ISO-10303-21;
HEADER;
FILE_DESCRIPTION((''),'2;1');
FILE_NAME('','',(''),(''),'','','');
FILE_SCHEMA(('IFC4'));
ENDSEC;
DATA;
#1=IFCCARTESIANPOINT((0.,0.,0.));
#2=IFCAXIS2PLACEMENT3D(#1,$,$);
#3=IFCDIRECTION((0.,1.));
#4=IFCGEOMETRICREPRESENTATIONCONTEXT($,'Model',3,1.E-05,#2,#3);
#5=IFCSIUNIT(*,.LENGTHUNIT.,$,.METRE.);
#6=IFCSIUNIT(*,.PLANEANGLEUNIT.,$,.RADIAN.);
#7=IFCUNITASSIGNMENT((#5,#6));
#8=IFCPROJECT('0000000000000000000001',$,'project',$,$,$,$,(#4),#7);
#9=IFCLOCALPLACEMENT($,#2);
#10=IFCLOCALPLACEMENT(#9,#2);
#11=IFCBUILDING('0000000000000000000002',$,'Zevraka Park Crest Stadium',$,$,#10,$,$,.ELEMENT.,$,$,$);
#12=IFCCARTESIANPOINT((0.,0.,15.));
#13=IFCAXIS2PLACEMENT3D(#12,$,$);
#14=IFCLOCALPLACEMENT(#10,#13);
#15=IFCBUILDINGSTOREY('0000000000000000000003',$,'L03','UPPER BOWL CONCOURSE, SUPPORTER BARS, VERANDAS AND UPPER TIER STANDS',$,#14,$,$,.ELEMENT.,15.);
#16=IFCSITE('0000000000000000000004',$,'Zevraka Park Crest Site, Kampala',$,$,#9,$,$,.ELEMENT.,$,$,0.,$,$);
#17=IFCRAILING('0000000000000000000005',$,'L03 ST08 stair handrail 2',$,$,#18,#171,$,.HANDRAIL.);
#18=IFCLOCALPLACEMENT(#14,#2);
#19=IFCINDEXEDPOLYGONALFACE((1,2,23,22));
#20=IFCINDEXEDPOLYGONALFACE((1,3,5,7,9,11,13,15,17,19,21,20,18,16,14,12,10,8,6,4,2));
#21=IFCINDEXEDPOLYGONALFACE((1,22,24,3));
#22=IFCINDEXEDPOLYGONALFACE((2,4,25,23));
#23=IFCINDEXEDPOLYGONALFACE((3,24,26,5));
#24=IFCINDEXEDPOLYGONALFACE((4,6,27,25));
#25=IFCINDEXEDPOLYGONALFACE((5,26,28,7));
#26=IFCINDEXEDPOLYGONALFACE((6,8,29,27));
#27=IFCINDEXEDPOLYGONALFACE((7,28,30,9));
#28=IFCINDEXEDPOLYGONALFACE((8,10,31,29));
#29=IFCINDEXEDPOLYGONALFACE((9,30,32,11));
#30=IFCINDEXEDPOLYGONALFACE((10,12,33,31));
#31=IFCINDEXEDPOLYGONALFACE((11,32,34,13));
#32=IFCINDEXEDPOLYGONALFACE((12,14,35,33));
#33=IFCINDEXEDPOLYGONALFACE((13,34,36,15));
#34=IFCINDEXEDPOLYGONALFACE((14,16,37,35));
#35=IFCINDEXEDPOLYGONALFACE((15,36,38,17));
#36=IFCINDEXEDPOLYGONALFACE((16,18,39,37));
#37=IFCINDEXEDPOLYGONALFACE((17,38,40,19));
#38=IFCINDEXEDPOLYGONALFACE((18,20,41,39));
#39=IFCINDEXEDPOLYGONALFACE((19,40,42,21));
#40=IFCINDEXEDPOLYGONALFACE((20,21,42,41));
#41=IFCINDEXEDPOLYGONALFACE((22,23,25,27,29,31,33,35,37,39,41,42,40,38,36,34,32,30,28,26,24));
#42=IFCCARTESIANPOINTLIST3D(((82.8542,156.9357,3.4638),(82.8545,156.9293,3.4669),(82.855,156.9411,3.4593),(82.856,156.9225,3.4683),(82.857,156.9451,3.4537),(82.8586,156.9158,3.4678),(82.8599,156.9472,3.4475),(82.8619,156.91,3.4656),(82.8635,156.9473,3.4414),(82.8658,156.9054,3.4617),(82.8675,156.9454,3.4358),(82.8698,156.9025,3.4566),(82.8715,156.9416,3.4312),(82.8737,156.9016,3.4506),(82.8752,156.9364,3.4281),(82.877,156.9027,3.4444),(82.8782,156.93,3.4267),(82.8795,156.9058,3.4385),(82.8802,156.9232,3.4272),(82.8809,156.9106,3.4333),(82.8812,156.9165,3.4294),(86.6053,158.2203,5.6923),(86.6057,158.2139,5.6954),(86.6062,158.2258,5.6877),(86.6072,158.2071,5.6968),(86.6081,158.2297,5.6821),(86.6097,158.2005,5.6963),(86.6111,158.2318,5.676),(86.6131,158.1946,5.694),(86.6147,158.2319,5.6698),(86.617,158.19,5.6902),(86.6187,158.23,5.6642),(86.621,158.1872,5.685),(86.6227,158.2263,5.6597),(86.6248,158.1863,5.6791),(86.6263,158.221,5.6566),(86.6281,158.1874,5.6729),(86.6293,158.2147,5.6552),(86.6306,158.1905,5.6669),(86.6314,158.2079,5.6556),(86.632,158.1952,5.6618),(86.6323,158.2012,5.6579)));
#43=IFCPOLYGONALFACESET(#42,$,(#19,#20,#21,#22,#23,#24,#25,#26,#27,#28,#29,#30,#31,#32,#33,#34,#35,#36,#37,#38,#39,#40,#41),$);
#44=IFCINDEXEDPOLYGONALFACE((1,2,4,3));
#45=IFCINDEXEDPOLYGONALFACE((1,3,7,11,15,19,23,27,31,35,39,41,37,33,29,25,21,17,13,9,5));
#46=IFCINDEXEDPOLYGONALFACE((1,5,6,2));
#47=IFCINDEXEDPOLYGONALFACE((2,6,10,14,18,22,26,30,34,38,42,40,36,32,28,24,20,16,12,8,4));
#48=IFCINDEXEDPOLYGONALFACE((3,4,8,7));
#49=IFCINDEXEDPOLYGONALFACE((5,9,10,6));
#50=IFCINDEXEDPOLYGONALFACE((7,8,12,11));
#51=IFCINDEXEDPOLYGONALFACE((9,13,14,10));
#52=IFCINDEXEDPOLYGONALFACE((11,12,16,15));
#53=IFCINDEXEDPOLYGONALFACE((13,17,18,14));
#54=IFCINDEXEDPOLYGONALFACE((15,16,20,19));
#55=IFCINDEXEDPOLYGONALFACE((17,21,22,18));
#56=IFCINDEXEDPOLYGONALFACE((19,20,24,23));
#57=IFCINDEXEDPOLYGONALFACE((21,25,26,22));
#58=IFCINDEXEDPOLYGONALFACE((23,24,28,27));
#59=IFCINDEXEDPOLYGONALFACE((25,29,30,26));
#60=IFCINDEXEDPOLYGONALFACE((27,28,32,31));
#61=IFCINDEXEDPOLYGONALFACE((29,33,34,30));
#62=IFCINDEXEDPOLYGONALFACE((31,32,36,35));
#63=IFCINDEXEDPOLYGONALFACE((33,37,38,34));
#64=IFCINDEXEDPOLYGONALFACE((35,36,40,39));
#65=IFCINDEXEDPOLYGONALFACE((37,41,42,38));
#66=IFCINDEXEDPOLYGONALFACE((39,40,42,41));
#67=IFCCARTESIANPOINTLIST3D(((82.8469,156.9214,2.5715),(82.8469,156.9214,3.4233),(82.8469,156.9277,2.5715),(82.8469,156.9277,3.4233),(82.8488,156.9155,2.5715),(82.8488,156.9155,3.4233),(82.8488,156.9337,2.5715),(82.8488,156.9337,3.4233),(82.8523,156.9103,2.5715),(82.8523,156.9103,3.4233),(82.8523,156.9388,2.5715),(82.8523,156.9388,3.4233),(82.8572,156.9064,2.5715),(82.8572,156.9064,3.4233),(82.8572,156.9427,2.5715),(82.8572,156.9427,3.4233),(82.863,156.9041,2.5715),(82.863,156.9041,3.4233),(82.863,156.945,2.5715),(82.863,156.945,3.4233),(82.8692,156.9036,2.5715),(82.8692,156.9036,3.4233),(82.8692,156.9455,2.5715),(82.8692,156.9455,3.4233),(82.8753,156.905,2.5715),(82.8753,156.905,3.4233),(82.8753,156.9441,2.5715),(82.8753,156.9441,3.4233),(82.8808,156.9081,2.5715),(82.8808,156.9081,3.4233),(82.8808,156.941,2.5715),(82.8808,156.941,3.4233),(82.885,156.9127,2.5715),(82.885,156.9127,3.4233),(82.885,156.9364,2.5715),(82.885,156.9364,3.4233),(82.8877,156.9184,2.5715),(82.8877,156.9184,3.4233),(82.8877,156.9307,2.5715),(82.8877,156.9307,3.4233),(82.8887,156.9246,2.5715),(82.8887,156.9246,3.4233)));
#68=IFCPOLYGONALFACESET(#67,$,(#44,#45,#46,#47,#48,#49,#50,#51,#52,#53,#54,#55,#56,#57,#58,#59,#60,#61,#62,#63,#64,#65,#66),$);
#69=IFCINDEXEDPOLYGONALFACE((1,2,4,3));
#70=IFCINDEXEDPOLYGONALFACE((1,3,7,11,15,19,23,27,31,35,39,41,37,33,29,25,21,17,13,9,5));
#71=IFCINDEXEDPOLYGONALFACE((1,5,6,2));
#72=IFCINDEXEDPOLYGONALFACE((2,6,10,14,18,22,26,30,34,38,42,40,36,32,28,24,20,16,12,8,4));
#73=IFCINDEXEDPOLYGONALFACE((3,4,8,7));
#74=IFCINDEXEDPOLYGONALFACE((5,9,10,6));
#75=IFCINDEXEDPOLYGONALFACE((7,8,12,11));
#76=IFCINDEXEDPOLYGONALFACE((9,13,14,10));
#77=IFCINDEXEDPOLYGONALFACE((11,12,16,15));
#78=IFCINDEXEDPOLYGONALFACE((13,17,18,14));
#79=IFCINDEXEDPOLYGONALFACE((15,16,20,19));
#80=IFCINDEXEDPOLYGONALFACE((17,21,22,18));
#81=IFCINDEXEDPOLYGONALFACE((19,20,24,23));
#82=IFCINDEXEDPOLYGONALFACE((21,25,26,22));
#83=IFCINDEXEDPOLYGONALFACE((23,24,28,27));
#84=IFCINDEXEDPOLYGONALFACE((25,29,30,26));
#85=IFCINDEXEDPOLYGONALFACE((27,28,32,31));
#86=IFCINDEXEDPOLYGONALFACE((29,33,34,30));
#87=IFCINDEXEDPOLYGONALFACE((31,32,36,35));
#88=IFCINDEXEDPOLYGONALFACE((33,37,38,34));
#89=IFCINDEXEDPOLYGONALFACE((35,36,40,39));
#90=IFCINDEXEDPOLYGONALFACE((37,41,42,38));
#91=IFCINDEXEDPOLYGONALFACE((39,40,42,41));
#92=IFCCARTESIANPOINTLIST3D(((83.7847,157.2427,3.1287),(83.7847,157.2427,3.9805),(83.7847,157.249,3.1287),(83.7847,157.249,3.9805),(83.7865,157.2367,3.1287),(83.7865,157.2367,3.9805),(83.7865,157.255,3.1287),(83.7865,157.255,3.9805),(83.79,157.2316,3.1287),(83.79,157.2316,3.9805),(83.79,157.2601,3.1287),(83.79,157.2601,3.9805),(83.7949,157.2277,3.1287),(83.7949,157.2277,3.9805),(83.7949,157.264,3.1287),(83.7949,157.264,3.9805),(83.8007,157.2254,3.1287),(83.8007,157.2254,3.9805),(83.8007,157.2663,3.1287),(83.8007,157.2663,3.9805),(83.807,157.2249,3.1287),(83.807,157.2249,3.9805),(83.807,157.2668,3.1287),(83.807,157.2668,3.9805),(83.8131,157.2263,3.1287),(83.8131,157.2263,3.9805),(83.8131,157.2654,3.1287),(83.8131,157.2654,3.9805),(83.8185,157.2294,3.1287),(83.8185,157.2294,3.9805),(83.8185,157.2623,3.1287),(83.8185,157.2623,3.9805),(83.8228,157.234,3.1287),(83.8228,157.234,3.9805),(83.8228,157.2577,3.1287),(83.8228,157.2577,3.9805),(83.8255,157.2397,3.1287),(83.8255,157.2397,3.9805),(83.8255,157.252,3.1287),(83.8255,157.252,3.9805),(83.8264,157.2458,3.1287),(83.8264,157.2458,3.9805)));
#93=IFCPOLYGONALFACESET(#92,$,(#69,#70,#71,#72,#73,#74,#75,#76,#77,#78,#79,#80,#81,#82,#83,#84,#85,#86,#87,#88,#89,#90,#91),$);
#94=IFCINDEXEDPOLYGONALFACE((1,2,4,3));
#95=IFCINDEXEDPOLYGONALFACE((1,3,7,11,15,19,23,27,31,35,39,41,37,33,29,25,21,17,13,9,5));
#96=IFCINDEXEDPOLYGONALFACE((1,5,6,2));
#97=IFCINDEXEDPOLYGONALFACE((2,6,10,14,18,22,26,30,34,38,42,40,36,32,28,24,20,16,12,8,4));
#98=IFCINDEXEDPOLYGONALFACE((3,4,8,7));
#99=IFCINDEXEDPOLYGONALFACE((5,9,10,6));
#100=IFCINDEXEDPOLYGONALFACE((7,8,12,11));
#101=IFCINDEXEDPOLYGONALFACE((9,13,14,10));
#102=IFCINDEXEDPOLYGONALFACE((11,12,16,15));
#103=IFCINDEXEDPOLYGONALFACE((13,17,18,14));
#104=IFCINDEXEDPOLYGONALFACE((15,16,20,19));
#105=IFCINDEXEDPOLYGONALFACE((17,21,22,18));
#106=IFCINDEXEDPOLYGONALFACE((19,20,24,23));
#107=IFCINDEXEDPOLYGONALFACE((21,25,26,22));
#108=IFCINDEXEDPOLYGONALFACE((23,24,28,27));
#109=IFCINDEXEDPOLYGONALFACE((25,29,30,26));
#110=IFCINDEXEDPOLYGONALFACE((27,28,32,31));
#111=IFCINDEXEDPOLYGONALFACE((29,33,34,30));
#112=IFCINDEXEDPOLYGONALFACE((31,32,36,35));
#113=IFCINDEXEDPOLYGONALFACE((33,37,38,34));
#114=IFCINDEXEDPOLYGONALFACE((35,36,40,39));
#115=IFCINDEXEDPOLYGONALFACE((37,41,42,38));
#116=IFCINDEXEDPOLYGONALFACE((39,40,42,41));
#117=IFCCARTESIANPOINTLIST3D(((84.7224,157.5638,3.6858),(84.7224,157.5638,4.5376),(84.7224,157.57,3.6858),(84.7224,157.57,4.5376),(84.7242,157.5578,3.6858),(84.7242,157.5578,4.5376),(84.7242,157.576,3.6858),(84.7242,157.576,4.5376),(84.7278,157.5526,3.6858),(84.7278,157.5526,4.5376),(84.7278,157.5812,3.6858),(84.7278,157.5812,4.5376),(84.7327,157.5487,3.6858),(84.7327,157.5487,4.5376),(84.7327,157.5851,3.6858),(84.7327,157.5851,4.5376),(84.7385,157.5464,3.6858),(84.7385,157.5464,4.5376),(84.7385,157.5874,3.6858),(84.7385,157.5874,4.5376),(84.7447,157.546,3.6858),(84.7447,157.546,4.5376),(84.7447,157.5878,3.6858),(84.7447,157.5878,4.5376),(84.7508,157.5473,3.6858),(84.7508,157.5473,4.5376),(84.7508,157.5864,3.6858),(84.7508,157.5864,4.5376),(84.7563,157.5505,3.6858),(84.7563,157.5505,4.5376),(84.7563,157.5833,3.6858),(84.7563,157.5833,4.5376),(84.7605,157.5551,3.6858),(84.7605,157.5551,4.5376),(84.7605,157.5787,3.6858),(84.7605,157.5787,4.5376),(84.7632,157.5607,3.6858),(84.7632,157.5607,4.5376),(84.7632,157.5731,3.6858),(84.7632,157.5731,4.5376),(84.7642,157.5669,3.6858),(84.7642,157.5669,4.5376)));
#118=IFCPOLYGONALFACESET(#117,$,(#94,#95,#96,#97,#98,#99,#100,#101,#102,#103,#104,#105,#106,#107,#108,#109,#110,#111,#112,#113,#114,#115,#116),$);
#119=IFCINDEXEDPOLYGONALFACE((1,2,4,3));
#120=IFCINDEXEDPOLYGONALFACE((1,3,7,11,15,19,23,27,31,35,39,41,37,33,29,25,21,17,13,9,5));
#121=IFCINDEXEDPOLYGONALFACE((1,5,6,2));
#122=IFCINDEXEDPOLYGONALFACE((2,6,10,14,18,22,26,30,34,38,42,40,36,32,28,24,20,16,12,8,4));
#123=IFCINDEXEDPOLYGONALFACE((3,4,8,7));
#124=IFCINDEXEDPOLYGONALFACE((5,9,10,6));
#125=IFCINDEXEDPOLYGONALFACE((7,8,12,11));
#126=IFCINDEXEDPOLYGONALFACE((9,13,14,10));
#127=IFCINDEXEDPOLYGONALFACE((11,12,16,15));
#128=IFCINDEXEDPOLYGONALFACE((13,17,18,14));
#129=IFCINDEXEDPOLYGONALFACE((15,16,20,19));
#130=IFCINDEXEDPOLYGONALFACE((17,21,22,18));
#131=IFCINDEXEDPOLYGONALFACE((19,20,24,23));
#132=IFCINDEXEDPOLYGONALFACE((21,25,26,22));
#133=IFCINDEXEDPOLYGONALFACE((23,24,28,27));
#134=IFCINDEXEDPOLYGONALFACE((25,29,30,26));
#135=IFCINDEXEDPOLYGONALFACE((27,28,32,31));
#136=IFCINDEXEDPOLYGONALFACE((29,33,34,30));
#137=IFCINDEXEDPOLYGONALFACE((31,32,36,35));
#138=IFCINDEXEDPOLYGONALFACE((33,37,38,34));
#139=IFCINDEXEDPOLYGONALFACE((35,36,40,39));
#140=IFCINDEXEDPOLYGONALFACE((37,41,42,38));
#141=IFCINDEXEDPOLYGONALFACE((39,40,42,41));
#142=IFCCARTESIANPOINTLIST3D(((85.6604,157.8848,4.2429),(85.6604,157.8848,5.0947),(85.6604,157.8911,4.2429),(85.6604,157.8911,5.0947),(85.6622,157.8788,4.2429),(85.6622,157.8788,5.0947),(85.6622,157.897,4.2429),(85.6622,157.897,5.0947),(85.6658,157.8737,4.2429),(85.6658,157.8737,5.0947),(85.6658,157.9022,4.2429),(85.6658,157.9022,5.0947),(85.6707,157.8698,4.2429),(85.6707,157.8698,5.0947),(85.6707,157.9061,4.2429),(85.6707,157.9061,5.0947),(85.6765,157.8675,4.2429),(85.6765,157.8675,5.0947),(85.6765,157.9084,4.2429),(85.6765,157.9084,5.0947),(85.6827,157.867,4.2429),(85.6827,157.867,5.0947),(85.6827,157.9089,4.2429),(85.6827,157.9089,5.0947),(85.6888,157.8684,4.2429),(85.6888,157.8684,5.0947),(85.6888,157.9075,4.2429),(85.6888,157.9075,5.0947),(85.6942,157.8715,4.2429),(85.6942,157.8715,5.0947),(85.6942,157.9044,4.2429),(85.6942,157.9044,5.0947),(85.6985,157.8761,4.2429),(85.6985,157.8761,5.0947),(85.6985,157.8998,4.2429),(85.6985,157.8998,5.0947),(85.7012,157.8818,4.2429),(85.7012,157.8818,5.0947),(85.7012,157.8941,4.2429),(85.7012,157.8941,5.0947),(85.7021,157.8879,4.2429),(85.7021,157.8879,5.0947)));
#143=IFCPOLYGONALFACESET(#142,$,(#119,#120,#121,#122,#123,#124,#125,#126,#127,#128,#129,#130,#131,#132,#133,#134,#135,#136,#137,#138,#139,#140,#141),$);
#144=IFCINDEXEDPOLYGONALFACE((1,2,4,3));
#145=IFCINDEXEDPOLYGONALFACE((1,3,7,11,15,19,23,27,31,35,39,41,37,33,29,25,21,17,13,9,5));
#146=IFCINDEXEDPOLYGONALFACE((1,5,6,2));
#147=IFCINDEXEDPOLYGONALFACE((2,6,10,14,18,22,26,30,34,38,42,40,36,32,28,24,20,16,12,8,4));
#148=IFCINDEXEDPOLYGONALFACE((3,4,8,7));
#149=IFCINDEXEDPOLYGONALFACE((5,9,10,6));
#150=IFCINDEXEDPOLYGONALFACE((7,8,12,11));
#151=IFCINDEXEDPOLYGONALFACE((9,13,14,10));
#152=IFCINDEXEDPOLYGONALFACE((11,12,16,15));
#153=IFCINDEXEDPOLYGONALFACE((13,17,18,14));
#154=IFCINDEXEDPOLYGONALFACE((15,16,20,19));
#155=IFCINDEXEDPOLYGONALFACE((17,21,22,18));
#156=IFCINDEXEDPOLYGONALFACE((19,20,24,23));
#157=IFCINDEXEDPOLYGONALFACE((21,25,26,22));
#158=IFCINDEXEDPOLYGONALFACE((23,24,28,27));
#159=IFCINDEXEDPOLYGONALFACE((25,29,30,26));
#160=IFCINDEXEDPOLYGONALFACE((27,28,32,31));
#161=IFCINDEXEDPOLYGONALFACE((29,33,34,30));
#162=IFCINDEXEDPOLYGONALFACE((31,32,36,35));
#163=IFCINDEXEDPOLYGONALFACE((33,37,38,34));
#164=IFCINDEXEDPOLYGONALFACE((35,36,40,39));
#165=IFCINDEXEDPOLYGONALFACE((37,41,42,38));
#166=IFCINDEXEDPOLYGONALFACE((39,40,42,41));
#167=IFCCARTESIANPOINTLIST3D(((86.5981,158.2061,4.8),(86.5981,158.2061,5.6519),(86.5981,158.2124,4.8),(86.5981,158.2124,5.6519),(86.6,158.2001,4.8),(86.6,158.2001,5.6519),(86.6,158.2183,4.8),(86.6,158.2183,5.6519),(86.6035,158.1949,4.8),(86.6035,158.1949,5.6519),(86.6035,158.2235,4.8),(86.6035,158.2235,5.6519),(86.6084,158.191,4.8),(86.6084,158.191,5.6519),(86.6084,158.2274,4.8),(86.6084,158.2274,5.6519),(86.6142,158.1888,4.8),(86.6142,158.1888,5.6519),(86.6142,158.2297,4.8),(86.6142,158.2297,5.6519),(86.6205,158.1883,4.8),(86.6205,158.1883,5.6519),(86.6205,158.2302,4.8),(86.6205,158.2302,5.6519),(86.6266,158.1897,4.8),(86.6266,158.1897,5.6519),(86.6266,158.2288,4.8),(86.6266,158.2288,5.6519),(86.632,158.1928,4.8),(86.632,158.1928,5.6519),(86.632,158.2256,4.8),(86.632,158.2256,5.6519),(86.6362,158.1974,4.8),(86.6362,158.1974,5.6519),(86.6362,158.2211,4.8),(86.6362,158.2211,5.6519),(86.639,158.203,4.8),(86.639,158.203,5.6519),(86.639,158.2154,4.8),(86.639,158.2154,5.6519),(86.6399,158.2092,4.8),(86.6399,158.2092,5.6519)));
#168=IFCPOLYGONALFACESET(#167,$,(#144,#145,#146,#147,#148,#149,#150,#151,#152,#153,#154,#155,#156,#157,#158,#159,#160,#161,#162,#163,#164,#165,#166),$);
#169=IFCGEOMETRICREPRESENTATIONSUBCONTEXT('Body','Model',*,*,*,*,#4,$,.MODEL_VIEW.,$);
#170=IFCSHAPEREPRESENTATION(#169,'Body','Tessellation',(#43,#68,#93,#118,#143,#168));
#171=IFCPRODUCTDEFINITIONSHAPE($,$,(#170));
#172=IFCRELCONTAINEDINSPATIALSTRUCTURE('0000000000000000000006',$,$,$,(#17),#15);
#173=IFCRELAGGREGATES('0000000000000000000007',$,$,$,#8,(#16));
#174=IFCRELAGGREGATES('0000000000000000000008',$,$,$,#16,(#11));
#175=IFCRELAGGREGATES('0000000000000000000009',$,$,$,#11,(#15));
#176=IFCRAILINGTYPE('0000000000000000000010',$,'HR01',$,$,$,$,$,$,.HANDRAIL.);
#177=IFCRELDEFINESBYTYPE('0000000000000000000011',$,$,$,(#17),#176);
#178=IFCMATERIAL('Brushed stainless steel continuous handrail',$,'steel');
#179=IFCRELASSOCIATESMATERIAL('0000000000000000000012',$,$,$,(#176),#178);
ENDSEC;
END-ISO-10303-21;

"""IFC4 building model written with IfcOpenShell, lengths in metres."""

from ifc_helpers import new_model, si_unit, direction, frame, origin, origin_2d, place, context, subcontext, project, spatial, circle, extrude, material, type_object, element, save


model = new_model("IFC4")

# Units and contexts
model_context = context("Model", 3, precision=1e-05, world=origin(), true_north=direction((0.0, 1.0)))
body_context = subcontext(model_context, "Body", "Model", "MODEL_VIEW")
ifc_project = project(units=[si_unit("LENGTHUNIT", "METRE"), si_unit("PLANEANGLEUNIT", "RADIAN")], contexts=[model_context])

# Site, building, storey
site_placement = place(None, origin())
site = spatial("IfcSite", under=ifc_project, at=site_placement, Name="Zevraka Park Crest Site, Kampala", CompositionType="ELEMENT", RefElevation=0.0)
building_placement = place(site_placement, origin())
building = spatial("IfcBuilding", under=site, at=building_placement, Name="Zevraka Park Crest Stadium", CompositionType="ELEMENT")
storey_placement = place(building_placement, frame((0.0, 0.0, 15.0)))
storey = spatial("IfcBuildingStorey", under=building, at=storey_placement, Name="L03", Description="UPPER BOWL CONCOURSE, SUPPORTER BARS, VERANDAS AND UPPER TIER STANDS", CompositionType="ELEMENT", Elevation=15.0)

# Railing
ifc_material_1 = material(Name="Brushed stainless steel continuous handrail", Category="steel")
railing_type_1 = type_object("IfcRailingType", Name="HR01", PredefinedType="HANDRAIL", material=ifc_material_1)
railing_1_placement = place(storey_placement, frame((82.8677, 156.9246, 2.5715)))
element("IfcRailing", 1, at=railing_1_placement, inside=storey, type_object=railing_type_1, Name="L03 ST08 stair handrail 2", PredefinedType="HANDRAIL", context=body_context, shape_type="SweptSolid", body=[
    extrude(circle(Radius=0.0239, at=origin_2d()), frame((0.0, 0.0, 0.876), z_axis=(0.824727, 0.282441, 0.489952), x_axis=(-0.323994, 0.946059, 0.0)), (0.0, 0.0, 1.0), 4.5483),
    extrude(circle(Radius=0.021, at=origin_2d()), origin(), (0.0, 0.0, 1.0), 0.8518),
    extrude(circle(Radius=0.021, at=origin_2d()), frame((0.9377, 0.3213, 0.5571)), (0.0, 0.0, 1.0), 0.8518),
    extrude(circle(Radius=0.021, at=origin_2d()), frame((1.8755, 0.6423, 1.1143)), (0.0, 0.0, 1.0), 0.8518),
    extrude(circle(Radius=0.021, at=origin_2d()), frame((2.8135, 0.9634, 1.6714)), (0.0, 0.0, 1.0), 0.8518),
    extrude(circle(Radius=0.021, at=origin_2d()), frame((3.7512, 1.2847, 2.2285)), (0.0, 0.0, 1.0), 0.8518),
])

save(model, "model.ifc")
